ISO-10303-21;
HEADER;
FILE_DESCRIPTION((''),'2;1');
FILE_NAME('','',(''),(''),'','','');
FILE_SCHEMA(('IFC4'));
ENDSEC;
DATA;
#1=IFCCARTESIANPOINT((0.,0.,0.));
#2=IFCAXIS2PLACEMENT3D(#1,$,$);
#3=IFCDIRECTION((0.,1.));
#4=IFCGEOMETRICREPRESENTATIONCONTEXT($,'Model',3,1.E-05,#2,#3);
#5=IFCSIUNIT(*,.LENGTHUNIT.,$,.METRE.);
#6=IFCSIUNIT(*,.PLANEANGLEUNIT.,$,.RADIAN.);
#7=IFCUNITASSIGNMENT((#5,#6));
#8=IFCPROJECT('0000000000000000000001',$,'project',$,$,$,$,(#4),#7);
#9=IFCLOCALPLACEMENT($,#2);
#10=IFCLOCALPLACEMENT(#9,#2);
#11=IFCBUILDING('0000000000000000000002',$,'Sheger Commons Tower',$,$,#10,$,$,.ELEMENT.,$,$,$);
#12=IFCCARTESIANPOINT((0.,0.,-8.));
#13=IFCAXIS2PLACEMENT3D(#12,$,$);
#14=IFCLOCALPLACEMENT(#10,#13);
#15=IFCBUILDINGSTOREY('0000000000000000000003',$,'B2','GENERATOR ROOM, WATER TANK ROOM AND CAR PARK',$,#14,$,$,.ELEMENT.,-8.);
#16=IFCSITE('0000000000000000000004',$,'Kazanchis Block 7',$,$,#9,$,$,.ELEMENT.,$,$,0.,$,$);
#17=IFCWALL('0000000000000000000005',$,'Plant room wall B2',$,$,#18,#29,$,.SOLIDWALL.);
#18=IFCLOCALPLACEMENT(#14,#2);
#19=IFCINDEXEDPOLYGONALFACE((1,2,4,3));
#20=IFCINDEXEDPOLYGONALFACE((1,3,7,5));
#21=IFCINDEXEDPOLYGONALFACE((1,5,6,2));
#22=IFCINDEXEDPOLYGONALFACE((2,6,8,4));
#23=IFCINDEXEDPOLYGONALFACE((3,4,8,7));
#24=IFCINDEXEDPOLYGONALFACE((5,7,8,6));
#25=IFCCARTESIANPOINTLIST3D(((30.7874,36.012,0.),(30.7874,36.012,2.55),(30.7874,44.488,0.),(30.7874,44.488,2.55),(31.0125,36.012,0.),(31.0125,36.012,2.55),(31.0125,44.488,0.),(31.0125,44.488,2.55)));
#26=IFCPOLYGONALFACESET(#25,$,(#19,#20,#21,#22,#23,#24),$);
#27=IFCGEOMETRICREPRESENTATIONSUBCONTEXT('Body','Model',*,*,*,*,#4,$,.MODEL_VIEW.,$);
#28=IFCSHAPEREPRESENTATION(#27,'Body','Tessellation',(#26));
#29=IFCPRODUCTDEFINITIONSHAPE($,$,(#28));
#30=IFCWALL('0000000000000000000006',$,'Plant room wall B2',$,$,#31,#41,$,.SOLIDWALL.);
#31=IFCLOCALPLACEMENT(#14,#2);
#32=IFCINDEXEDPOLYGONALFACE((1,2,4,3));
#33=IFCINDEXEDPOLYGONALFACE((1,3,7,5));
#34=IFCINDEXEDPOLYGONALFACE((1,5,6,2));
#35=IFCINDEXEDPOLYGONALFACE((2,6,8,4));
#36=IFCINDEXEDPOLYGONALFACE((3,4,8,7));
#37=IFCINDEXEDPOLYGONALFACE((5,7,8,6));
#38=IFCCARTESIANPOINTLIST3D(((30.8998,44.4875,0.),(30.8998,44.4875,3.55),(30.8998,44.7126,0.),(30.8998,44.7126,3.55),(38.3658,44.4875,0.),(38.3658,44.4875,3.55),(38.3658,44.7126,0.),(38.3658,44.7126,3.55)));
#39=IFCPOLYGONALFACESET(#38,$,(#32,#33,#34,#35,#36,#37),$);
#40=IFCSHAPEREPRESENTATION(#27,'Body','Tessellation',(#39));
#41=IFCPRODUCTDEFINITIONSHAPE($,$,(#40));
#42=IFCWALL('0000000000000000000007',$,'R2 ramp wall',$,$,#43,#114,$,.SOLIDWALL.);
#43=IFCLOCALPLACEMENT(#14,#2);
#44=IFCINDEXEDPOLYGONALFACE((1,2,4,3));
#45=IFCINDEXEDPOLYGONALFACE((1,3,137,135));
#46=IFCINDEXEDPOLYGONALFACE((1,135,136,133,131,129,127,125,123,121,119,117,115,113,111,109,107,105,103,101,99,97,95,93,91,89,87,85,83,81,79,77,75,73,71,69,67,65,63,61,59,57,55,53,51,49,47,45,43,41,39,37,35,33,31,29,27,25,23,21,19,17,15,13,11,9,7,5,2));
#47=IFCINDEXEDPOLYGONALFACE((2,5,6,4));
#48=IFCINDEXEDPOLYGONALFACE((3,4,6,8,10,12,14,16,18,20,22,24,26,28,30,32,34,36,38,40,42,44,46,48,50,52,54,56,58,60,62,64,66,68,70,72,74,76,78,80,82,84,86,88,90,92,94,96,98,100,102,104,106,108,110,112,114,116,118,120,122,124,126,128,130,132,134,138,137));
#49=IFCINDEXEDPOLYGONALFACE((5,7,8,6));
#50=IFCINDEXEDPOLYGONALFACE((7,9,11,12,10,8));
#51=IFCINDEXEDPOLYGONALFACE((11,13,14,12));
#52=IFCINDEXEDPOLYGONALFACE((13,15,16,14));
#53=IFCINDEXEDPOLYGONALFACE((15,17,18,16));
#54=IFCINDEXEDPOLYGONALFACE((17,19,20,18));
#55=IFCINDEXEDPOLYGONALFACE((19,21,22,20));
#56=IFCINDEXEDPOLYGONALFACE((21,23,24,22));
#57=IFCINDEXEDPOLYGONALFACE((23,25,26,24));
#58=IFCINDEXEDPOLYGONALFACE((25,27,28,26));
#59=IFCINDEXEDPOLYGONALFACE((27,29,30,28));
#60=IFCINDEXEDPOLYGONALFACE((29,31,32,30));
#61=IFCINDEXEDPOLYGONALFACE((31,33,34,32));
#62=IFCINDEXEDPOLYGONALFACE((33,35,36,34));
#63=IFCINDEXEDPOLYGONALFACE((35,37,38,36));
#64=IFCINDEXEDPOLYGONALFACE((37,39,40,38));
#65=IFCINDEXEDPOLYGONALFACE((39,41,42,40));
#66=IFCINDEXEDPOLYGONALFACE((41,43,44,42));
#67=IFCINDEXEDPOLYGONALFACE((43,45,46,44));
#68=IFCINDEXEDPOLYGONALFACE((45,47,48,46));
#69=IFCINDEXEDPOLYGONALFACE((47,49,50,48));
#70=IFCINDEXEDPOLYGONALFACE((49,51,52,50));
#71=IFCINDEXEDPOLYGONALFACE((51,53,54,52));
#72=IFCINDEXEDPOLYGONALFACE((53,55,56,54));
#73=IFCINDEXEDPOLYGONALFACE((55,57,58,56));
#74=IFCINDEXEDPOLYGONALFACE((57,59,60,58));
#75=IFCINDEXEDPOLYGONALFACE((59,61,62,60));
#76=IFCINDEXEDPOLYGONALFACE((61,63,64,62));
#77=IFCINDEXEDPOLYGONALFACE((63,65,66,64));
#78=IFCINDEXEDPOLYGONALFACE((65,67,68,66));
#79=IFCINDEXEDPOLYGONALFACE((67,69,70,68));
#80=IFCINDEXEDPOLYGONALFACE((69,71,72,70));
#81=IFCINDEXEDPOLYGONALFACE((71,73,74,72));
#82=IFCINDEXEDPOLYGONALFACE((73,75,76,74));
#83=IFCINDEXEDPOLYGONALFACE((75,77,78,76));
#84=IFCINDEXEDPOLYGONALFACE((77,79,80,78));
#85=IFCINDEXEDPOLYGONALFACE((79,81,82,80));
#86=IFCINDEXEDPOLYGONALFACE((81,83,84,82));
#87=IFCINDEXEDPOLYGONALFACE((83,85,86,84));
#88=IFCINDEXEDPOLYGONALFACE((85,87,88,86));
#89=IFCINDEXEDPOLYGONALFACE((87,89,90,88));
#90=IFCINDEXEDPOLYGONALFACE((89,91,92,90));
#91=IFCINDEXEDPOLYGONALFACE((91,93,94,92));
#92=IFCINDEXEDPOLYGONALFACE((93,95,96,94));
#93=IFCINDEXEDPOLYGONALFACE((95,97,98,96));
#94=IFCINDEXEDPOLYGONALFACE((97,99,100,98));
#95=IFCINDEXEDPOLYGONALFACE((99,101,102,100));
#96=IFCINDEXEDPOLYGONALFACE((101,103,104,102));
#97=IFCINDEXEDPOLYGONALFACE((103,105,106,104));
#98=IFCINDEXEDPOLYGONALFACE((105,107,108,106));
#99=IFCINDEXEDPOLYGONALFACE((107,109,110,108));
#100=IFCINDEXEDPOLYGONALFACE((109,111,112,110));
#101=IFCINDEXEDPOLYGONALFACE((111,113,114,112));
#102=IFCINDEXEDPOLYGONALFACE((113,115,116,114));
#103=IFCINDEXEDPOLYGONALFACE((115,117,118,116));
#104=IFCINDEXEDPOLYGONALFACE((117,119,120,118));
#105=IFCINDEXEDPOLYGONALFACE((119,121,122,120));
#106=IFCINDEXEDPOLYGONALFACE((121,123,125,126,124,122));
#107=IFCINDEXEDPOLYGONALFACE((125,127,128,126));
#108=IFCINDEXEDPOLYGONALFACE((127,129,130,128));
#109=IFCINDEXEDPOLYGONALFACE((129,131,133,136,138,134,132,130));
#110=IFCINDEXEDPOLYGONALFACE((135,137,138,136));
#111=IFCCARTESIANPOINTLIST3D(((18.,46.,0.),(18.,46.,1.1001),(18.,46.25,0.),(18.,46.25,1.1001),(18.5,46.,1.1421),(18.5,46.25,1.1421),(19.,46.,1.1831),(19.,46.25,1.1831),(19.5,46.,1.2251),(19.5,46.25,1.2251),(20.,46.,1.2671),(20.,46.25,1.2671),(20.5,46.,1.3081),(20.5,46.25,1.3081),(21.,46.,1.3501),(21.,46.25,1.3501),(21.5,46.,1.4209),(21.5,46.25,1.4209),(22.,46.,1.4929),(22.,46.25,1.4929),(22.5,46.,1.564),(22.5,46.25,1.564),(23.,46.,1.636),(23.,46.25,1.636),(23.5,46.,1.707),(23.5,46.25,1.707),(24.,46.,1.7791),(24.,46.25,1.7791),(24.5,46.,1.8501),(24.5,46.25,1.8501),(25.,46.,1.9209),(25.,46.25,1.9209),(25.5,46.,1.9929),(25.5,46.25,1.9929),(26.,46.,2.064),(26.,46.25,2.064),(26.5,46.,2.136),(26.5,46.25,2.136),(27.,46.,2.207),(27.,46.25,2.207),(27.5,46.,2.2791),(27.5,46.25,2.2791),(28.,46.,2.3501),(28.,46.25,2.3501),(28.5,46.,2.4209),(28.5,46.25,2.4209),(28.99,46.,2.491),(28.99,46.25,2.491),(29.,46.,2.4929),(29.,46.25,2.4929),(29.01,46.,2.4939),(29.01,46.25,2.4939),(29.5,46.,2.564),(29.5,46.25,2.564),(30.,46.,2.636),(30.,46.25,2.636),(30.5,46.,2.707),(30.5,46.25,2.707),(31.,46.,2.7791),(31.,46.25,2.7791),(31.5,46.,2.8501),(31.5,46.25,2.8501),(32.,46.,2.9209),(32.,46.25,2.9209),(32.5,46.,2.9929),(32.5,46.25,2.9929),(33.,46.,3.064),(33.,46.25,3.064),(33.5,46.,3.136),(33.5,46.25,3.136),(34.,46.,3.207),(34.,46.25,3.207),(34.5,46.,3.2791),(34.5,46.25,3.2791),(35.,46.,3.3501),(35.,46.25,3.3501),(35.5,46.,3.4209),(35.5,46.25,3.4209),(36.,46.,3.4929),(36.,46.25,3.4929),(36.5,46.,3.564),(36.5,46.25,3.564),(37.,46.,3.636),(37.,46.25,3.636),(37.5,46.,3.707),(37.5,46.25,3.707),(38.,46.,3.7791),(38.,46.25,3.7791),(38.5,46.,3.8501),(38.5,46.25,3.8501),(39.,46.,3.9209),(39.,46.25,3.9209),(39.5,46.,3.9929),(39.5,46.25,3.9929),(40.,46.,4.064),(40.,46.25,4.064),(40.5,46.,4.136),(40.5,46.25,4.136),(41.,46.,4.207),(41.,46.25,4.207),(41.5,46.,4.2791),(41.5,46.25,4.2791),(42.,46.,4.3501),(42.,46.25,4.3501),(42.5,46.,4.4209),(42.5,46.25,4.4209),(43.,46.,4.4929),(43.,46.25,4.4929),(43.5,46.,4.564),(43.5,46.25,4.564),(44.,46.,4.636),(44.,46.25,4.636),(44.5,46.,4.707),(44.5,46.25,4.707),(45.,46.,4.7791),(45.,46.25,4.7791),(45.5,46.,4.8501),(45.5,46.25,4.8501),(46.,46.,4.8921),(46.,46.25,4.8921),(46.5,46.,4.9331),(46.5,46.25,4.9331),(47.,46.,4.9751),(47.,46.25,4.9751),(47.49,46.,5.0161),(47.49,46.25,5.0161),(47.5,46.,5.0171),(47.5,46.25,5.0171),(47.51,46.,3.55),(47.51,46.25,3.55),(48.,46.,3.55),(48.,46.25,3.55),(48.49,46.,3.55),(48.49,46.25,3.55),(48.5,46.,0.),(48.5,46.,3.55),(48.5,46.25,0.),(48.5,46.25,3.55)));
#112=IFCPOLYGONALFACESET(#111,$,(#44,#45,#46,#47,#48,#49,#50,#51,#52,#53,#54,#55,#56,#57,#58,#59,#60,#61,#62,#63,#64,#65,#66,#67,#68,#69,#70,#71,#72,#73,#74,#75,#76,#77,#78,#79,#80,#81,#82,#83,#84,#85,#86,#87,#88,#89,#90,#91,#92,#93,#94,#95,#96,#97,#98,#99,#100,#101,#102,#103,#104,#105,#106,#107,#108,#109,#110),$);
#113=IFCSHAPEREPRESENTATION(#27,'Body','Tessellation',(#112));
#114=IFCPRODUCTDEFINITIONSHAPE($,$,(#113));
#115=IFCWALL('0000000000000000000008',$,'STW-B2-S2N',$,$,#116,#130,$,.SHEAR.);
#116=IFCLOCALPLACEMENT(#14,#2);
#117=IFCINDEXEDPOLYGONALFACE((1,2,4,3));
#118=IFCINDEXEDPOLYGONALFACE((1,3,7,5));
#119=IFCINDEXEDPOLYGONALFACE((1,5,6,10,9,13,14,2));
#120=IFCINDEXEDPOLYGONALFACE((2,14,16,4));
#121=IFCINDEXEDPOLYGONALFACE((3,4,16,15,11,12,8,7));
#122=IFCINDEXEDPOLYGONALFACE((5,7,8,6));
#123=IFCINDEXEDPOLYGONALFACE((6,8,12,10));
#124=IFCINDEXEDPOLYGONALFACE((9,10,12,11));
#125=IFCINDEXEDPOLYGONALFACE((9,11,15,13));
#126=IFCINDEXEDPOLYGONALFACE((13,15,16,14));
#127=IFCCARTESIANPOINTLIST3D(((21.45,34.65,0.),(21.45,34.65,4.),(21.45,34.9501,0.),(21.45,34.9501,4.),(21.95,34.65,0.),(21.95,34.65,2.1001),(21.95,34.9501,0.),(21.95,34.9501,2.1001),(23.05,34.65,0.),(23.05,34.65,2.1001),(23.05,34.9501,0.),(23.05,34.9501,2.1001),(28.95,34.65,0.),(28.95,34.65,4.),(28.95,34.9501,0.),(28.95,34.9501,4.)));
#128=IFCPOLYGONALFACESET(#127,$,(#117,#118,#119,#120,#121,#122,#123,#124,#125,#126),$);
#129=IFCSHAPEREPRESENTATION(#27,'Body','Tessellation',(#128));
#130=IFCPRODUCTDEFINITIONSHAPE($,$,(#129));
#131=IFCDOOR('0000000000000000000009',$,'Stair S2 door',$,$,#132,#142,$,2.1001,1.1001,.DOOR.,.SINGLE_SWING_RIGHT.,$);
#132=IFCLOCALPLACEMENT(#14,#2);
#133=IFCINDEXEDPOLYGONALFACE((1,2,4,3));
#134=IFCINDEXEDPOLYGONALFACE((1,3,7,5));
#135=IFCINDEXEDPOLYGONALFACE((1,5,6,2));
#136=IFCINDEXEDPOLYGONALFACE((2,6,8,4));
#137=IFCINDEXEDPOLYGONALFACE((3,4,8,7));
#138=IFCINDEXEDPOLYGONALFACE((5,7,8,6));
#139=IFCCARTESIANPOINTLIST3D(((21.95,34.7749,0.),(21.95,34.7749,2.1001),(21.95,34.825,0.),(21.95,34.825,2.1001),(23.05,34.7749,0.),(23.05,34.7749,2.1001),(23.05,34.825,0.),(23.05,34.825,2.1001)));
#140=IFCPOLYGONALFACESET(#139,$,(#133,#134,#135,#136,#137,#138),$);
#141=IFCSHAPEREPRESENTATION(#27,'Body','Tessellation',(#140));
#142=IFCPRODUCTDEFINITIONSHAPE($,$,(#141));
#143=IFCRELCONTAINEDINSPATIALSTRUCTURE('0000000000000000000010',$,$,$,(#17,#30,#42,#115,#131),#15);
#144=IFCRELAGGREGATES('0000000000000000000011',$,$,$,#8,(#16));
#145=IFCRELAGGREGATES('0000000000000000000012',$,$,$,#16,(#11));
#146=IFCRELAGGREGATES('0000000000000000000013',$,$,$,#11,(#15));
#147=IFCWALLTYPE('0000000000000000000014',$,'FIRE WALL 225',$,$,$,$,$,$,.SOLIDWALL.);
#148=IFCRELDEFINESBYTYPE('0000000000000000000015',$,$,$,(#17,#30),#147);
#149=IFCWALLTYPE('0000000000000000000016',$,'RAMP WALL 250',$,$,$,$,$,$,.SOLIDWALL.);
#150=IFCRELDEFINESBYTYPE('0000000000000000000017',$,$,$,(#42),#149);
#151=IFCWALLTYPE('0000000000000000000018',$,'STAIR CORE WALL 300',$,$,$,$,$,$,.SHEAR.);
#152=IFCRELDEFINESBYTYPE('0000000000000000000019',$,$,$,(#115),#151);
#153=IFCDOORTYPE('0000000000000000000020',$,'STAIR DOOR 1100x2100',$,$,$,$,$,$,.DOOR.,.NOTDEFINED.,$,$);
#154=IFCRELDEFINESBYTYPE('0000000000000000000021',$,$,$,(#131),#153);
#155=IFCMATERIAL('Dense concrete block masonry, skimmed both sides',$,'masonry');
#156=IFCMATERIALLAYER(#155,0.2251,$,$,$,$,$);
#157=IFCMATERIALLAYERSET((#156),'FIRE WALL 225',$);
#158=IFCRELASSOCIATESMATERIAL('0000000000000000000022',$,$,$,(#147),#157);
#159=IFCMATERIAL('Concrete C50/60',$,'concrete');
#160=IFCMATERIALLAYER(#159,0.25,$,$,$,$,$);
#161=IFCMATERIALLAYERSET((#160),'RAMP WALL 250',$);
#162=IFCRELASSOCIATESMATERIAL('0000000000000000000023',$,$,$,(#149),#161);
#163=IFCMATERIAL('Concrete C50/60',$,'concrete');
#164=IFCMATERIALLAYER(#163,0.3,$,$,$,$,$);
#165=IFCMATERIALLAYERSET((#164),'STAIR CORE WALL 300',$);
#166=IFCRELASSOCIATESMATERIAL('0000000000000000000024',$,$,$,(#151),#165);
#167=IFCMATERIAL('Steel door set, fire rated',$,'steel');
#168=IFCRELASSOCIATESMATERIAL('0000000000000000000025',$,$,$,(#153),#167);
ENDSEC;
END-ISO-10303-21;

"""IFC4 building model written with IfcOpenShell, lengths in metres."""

from ifc_helpers import new_model, si_unit, direction, frame, frame_2d, origin, place, context, subcontext, project, spatial, polyline, rectangle, outline, extrude, material, layer, layer_set, type_object, element, fill, save


model = new_model("IFC4")

# Units and contexts
model_context = context("Model", 3, precision=1e-05, world=origin(), true_north=direction((0.0, 1.0)))
body_context = subcontext(model_context, "Body", "Model", "MODEL_VIEW")
ifc_project = project(units=[si_unit("LENGTHUNIT", "METRE"), si_unit("PLANEANGLEUNIT", "RADIAN")], contexts=[model_context])

# Site, building, storey
site_placement = place(None, origin())
site = spatial("IfcSite", under=ifc_project, at=site_placement, Name="Kazanchis Block 7", CompositionType="ELEMENT", RefElevation=0.0)
building_placement = place(site_placement, origin())
building = spatial("IfcBuilding", under=site, at=building_placement, Name="Sheger Commons Tower", CompositionType="ELEMENT")
storey_placement = place(building_placement, frame((0.0, 0.0, -8.0)))
storey = spatial("IfcBuildingStorey", under=building, at=storey_placement, Name="B2", Description="GENERATOR ROOM, WATER TANK ROOM AND CAR PARK", CompositionType="ELEMENT", Elevation=-8.0)

# Shared definitions
ifc_material_1 = material(Name="Dense concrete block masonry, skimmed both sides", Category="masonry")
ifc_layer_1 = layer(ifc_material_1, 0.2251)
ifc_layer_set_1 = layer_set([ifc_layer_1], Name="FIRE WALL 225")
wall_type_1 = type_object("IfcWallType", Name="FIRE WALL 225", PredefinedType="SOLIDWALL", material=ifc_layer_set_1)

# Walls
wall_1_placement = place(storey_placement, frame((30.8999, 36.012, 0.0), z_axis=(0.0, 0.0, 1.0), x_axis=(0.0, 1.0, 0.0)))
element("IfcWall", 1, at=wall_1_placement, inside=storey, type_object=wall_type_1, Name="Plant room wall B2", PredefinedType="SOLIDWALL", context=body_context, shape_type="SweptSolid", body=[
    extrude(rectangle(XDim=8.4761, YDim=0.2251, at=frame_2d((4.238, 0.0))), origin(), (0.0, 0.0, 1.0), 2.55),
])
wall_2_placement = place(storey_placement, frame((30.8999, 44.6001, 0.0), z_axis=(0.0, 0.0, 1.0), x_axis=(1.0, 0.0, 0.0)))
element("IfcWall", 2, at=wall_2_placement, inside=storey, type_object=wall_type_1, Name="Plant room wall B2", PredefinedType="SOLIDWALL", context=body_context, shape_type="SweptSolid", body=[
    extrude(rectangle(XDim=7.4661, YDim=0.2251, at=frame_2d((3.7329, 0.0))), origin(), (0.0, 0.0, 1.0), 3.55),
])
ifc_material_2 = material(Name="Concrete C50/60", Category="concrete")
ifc_layer_2 = layer(ifc_material_2, 0.25)
ifc_layer_set_2 = layer_set([ifc_layer_2], Name="RAMP WALL 250")
wall_type_2 = type_object("IfcWallType", Name="RAMP WALL 250", PredefinedType="SOLIDWALL", material=ifc_layer_set_2)
wall_3_placement = place(storey_placement, frame((18.0, 46.125, 0.0), z_axis=(0.0, 0.0, 1.0), x_axis=(1.0, 0.0, 0.0)))
element("IfcWall", 3, at=wall_3_placement, inside=storey, type_object=wall_type_2, Name="R2 ramp wall", PredefinedType="SOLIDWALL", context=body_context, shape_type="SweptSolid", body=[
    extrude(outline(polyline([(0.0, 0.0), (30.5, 0.0), (30.5, 3.55), (30.49, 3.55), (30.0, 3.55), (29.51, 3.55), (29.5, 5.0171), (29.49, 5.0161), (29.0, 4.9751), (28.5, 4.9331), (28.0, 4.8921), (27.5, 4.8501), (27.0, 4.7791), (26.5, 4.707), (26.0, 4.636), (25.5, 4.564), (25.0, 4.4929), (24.5, 4.4209), (24.0, 4.3501), (23.5, 4.2791), (23.0, 4.207), (22.5, 4.136), (22.0, 4.064), (21.5, 3.9929), (21.0, 3.9209), (20.5, 3.8501), (20.0, 3.7791), (19.5, 3.707), (19.0, 3.636), (18.5, 3.564), (18.0, 3.4929), (17.5, 3.4209), (17.0, 3.3501), (16.5, 3.2791), (16.0, 3.207), (15.5, 3.136), (15.0, 3.064), (14.5, 2.9929), (14.0, 2.9209), (13.5, 2.8501), (13.0, 2.7791), (12.5, 2.707), (12.0, 2.636), (11.5, 2.564), (11.01, 2.4939), (11.0, 2.4929), (10.99, 2.491), (10.5, 2.4209), (10.0, 2.3501), (9.5, 2.2791), (9.0, 2.207), (8.5, 2.136), (8.0, 2.064), (7.5, 1.9929), (7.0, 1.9209), (6.5, 1.8501), (6.0, 1.7791), (5.5, 1.707), (5.0, 1.636), (4.5, 1.564), (4.0, 1.4929), (3.5, 1.4209), (3.0, 1.3501), (2.5, 1.3081), (2.0, 1.2671), (1.5, 1.2251), (1.0, 1.1831), (0.5, 1.1421), (0.0, 1.1001), (0.0, 0.0)])), frame((0.0, 0.125, 0.0), z_axis=(0.0, -1.0, 0.0), x_axis=(1.0, 0.0, 0.0)), (0.0, 0.0, 1.0), 0.25),
])

# Wall, opening, door
ifc_material_3 = material(Name="Concrete C50/60", Category="concrete")
ifc_layer_3 = layer(ifc_material_3, 0.3)
ifc_layer_set_3 = layer_set([ifc_layer_3], Name="STAIR CORE WALL 300")
wall_type_3 = type_object("IfcWallType", Name="STAIR CORE WALL 300", PredefinedType="SHEAR", material=ifc_layer_set_3)
wall_4_placement = place(storey_placement, frame((21.45, 34.8, 0.0), z_axis=(0.0, 0.0, 1.0), x_axis=(1.0, 0.0, 0.0)))
wall_4 = element("IfcWall", 4, at=wall_4_placement, inside=storey, type_object=wall_type_3, Name="STW-B2-S2N", PredefinedType="SHEAR", context=body_context, shape_type="SweptSolid", body=[
    extrude(rectangle(XDim=7.5, YDim=0.3, at=frame_2d((3.75, 0.0))), origin(), (0.0, 0.0, 1.0), 4.0),
])
opening_1_placement = place(wall_4_placement, frame((0.5, 0.0, 0.0)))
opening_1 = element("IfcOpeningElement", 5, at=opening_1_placement, cuts=wall_4, PredefinedType="OPENING", context=body_context, shape_type="SweptSolid", body=[
    extrude(rectangle(XDim=1.1001, YDim=2.1001, at=frame_2d((0.55, 1.05))), frame((0.0, 0.1599, 0.0), z_axis=(0.0, -1.0, 0.0), x_axis=(1.0, 0.0, 0.0)), (0.0, 0.0, 1.0), 0.3201),
])
ifc_material_4 = material(Name="Steel door set, fire rated", Category="steel")
door_type_1 = type_object("IfcDoorType", Name="STAIR DOOR 1100x2100", OperationType="NOTDEFINED", PredefinedType="DOOR", material=ifc_material_4)
door_1_placement = place(opening_1_placement, origin())
door_1 = element("IfcDoor", 6, at=door_1_placement, inside=storey, type_object=door_type_1, Name="Stair S2 door", OperationType="SINGLE_SWING_RIGHT", OverallHeight=2.1001, OverallWidth=1.1001, PredefinedType="DOOR", context=body_context, shape_type="SweptSolid", body=[
    extrude(rectangle(XDim=1.1001, YDim=2.1001, at=frame_2d((0.55, 1.05))), frame((0.0, 0.0249, 0.0), z_axis=(0.0, -1.0, 0.0), x_axis=(1.0, 0.0, 0.0)), (0.0, 0.0, 1.0), 0.05),
])
fill(opening_1, door_1)

save(model, "model.ifc")
